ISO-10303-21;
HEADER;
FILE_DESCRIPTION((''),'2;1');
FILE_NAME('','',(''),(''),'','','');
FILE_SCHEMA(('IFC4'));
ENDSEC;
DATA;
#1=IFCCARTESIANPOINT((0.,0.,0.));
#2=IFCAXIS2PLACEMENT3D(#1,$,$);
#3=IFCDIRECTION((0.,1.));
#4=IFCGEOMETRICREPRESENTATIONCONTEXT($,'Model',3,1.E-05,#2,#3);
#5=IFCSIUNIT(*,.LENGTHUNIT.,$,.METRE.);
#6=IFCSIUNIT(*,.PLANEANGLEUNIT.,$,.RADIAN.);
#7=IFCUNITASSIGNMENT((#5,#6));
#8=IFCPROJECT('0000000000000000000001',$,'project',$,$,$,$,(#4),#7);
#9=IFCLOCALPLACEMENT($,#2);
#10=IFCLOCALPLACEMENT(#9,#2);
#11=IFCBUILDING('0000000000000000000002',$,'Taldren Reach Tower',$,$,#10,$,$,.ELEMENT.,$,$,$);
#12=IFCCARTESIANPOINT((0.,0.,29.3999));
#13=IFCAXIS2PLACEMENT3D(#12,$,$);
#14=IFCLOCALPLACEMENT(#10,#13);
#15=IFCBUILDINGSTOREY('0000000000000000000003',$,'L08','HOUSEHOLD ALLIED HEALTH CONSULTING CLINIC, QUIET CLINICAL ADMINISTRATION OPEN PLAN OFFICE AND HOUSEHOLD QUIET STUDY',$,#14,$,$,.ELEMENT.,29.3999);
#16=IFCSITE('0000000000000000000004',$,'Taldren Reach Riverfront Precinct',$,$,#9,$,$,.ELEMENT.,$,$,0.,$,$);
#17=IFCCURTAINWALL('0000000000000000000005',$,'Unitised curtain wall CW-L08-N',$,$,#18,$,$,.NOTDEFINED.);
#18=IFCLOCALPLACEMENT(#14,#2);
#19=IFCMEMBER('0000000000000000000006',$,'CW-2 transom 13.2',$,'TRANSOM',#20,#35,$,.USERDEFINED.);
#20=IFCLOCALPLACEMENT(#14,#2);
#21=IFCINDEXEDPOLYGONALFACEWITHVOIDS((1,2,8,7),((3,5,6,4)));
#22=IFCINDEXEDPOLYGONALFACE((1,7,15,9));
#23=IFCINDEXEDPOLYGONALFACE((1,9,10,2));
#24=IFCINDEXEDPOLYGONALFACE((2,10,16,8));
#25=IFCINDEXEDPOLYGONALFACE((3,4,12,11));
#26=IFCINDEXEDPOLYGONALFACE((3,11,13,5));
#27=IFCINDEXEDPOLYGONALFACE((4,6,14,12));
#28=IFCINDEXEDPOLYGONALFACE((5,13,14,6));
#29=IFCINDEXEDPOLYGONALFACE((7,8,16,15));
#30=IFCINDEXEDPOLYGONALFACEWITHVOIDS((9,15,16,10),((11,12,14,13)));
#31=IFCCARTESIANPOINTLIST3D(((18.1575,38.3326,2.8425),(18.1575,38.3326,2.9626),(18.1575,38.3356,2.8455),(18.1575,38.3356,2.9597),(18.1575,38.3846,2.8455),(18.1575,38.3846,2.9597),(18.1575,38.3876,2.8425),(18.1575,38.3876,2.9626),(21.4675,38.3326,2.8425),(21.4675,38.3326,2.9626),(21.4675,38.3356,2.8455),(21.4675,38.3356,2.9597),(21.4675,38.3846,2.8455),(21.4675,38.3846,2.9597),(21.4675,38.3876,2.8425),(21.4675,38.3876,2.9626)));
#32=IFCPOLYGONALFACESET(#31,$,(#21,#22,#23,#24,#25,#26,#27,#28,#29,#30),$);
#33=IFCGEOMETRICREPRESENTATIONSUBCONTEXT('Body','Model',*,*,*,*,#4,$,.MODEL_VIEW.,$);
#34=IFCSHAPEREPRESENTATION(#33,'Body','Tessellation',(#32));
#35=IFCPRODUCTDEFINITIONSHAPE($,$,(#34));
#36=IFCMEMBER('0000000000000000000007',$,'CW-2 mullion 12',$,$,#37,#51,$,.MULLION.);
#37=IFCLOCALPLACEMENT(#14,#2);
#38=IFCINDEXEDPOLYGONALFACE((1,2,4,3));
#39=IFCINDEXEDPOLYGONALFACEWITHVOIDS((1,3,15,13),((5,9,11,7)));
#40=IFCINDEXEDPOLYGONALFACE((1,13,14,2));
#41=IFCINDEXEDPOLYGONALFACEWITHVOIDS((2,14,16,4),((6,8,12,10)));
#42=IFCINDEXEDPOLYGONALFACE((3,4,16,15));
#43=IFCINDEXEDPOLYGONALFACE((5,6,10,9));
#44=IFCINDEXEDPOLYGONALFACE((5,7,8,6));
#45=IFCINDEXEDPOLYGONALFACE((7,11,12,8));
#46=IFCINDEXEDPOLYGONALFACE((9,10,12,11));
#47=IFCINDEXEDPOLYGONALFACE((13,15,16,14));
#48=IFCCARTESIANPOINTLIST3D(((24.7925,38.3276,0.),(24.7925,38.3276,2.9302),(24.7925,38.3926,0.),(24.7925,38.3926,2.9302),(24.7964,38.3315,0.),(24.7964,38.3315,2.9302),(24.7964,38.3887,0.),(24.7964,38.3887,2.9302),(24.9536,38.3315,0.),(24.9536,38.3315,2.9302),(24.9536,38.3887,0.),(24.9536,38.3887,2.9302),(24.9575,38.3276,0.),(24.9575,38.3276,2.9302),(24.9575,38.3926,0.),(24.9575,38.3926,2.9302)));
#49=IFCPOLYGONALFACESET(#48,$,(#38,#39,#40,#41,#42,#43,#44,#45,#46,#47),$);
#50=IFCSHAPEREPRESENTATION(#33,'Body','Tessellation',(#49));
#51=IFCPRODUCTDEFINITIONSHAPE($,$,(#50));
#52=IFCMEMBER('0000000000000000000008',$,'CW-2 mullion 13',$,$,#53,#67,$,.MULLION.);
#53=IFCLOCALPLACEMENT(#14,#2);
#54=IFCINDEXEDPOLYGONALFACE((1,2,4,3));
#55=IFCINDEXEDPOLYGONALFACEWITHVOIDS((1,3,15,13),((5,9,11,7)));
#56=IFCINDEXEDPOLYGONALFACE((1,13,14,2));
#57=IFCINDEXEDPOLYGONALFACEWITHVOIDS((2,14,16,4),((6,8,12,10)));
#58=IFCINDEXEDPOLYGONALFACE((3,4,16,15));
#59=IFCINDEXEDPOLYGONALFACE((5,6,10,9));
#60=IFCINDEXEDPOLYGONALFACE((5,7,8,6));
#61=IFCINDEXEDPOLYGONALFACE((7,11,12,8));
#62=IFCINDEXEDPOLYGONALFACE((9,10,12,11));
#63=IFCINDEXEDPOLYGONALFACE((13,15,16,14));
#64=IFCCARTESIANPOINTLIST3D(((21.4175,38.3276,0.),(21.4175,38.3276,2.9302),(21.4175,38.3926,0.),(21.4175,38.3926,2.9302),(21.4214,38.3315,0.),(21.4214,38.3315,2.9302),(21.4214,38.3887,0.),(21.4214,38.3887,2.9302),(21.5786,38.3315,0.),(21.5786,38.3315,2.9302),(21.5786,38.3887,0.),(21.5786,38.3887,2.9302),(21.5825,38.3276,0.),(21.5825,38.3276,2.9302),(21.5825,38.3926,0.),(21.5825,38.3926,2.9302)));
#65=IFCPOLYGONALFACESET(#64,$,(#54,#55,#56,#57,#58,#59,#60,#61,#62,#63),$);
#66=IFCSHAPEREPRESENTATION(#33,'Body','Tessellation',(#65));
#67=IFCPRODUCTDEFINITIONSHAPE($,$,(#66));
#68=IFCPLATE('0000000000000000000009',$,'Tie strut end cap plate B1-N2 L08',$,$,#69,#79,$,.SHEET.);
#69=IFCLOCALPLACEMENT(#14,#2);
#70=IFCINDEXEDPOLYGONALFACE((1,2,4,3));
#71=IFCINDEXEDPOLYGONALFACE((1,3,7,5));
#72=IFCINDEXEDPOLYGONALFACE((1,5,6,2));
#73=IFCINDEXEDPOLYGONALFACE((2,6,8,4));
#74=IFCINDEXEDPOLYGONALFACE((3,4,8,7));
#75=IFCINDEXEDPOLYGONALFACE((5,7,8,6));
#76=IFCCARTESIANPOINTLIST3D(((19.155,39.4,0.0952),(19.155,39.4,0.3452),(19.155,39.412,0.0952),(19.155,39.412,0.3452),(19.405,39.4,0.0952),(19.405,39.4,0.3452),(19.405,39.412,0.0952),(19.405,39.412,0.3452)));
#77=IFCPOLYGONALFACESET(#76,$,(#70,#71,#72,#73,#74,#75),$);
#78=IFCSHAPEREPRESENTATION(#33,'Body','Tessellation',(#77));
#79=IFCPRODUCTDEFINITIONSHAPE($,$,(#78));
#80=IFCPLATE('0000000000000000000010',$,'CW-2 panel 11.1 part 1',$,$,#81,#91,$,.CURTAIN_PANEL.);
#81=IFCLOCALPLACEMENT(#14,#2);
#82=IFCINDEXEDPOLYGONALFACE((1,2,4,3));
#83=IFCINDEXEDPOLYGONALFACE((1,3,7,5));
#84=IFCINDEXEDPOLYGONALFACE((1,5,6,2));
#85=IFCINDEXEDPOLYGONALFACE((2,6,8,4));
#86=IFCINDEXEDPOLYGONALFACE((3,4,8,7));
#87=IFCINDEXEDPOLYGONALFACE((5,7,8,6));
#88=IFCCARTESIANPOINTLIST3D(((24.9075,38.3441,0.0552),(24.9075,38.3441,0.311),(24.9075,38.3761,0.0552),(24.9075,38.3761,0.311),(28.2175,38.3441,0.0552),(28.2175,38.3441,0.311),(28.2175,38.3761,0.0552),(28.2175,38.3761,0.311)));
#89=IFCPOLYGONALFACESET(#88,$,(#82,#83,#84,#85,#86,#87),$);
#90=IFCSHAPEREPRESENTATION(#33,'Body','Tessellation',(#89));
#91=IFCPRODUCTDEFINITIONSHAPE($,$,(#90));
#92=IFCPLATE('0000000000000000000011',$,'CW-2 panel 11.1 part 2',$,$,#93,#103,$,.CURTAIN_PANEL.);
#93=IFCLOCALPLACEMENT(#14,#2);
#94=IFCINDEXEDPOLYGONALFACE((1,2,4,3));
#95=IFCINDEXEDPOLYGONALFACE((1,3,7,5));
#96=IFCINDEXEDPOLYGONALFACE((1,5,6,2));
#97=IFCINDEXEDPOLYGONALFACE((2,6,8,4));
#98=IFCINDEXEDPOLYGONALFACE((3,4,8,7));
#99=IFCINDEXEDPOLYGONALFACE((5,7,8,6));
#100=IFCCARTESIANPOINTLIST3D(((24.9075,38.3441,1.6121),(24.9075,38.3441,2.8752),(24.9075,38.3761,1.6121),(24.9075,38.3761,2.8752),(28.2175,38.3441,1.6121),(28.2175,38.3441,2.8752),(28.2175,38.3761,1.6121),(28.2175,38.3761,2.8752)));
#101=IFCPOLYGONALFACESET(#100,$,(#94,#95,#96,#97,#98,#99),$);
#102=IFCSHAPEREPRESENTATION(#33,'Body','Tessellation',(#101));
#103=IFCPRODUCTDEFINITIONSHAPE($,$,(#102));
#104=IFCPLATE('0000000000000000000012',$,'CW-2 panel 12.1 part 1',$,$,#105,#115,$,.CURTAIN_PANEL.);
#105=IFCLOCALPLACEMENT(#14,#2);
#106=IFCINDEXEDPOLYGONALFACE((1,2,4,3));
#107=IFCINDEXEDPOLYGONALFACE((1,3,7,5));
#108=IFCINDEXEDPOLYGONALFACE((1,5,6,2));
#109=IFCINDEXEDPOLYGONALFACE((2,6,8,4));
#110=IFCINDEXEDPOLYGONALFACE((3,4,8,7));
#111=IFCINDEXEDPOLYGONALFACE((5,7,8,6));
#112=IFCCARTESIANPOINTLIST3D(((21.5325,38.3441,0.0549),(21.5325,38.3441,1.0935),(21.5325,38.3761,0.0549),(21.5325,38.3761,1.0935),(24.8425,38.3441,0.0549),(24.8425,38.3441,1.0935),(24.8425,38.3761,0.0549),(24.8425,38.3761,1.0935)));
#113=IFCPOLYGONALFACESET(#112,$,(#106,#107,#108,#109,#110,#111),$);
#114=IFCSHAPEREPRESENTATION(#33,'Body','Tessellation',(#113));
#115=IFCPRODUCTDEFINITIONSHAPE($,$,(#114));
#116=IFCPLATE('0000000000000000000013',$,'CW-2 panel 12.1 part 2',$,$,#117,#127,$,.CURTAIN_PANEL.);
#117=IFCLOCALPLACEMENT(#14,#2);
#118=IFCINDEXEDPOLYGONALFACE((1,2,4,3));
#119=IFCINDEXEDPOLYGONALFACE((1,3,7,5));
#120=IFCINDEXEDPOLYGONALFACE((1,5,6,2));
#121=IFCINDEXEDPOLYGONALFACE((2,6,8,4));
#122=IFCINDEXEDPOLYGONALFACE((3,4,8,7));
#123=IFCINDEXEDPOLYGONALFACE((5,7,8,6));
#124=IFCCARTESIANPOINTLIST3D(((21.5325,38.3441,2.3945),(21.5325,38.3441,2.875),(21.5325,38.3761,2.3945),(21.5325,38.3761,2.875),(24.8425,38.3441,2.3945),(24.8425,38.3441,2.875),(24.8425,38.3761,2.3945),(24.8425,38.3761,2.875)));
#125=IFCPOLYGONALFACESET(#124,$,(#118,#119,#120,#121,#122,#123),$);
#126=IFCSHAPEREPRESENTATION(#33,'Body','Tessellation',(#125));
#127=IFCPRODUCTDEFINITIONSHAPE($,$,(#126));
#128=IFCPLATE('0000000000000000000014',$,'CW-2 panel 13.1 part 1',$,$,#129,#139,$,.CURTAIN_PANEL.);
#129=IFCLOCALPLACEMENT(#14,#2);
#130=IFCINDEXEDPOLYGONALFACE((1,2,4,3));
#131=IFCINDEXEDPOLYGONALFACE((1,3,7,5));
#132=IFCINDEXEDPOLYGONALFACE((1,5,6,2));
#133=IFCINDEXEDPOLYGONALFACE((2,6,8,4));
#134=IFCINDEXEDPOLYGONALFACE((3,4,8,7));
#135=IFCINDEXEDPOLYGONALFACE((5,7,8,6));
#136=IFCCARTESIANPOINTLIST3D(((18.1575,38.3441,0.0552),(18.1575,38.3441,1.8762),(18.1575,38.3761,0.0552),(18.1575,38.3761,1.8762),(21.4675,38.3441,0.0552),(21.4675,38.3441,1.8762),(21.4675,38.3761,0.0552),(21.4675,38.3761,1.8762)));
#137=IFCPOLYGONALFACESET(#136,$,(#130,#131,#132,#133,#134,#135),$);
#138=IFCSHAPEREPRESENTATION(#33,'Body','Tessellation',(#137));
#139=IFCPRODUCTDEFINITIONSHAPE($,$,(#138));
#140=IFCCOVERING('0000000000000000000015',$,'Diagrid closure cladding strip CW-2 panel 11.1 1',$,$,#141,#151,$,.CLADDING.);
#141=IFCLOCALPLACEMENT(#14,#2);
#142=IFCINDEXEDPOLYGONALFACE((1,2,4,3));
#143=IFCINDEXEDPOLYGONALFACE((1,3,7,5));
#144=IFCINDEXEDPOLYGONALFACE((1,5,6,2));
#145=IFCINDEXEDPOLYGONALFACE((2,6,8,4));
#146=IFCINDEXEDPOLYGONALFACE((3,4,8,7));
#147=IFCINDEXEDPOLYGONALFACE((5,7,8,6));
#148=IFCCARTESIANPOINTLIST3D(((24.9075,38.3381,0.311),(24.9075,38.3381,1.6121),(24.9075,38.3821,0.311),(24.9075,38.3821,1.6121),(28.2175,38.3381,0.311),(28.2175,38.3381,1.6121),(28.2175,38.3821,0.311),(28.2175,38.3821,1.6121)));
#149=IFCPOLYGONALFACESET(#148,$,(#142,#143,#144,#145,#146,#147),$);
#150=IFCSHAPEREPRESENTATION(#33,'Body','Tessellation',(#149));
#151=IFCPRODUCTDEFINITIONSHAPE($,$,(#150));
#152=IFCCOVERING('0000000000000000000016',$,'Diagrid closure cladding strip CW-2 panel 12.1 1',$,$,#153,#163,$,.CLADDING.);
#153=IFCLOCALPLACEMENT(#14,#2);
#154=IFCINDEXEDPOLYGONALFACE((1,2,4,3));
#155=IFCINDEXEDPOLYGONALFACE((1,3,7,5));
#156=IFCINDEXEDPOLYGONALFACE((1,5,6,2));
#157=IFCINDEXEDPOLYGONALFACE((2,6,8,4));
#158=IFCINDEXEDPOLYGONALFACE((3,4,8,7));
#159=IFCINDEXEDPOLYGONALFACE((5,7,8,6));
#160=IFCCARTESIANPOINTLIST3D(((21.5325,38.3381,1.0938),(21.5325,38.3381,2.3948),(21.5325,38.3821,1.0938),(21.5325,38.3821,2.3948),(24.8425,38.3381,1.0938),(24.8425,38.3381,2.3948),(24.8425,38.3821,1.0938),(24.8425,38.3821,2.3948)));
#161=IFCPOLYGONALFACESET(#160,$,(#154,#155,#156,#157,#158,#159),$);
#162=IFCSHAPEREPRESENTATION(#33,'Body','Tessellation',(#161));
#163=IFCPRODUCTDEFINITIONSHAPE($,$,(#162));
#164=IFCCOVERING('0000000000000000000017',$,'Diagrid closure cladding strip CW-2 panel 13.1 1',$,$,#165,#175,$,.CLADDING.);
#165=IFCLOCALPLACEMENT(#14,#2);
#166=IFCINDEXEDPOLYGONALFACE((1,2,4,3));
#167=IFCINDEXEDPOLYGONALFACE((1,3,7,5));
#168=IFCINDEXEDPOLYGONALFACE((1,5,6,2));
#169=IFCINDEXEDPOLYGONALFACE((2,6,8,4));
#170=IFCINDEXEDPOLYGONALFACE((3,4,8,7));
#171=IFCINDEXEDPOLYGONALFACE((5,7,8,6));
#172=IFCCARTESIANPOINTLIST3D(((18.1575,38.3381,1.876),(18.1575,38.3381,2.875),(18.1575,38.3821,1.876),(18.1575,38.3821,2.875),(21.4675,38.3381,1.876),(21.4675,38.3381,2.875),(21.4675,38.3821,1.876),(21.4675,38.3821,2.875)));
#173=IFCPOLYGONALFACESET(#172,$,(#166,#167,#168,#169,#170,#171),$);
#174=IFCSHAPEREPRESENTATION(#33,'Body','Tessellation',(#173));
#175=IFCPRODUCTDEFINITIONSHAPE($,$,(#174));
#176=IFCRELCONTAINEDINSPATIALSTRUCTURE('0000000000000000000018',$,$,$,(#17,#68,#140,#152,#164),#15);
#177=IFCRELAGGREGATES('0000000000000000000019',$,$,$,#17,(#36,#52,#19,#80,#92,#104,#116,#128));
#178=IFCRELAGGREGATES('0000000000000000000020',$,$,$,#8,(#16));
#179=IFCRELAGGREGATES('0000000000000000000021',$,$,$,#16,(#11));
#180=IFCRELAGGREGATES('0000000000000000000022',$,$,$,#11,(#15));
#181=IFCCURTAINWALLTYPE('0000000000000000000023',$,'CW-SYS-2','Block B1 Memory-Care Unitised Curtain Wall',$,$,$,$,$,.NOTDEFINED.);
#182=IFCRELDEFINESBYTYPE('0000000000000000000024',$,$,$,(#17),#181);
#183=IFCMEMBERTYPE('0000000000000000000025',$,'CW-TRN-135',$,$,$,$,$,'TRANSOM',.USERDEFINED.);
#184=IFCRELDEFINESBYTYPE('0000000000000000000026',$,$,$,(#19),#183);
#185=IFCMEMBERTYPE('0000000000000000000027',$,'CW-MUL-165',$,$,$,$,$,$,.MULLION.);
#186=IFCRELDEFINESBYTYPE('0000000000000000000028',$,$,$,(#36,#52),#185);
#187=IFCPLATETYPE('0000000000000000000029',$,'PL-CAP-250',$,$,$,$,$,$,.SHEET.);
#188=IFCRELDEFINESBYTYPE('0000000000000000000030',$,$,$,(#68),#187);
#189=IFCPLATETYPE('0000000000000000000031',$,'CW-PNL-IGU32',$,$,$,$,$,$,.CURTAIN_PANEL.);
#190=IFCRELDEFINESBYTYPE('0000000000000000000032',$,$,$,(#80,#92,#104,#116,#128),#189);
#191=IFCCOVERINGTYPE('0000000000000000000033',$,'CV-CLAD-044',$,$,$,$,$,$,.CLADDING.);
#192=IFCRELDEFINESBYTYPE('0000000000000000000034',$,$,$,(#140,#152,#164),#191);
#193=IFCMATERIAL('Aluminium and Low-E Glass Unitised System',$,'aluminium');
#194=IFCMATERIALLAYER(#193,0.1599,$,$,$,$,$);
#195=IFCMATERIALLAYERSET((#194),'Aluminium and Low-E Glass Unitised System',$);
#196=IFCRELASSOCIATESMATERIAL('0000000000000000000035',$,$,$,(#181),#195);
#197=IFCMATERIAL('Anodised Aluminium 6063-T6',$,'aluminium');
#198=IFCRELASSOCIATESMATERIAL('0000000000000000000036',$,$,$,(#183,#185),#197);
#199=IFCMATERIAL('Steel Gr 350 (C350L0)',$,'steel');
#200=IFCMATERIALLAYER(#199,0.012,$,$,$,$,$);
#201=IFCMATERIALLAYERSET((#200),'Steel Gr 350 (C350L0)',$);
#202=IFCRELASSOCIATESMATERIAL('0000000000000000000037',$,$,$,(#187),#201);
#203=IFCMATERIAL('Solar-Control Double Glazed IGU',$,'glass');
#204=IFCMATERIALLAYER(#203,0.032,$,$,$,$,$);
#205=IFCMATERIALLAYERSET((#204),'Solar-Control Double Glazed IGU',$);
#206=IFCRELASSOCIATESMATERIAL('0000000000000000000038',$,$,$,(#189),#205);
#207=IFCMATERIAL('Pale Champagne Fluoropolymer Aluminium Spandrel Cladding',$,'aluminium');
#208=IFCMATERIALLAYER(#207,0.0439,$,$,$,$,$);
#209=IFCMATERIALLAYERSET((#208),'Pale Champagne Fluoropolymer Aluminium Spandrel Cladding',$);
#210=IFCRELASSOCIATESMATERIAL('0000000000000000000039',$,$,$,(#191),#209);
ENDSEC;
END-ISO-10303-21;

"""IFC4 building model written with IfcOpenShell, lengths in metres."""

from ifc_helpers import new_model, si_unit, direction, frame, origin, origin_2d, place, context, subcontext, project, spatial, rectangle, hollow_rectangle, extrude, source, transform, mapped, material, layer, layer_set, material_profile, profile_set, type_object, element, aggregate, save


model = new_model("IFC4")

# Units and contexts
model_context = context("Model", 3, precision=1e-05, world=origin(), true_north=direction((0.0, 1.0)))
body_context = subcontext(model_context, "Body", "Model", "MODEL_VIEW")
ifc_project = project(units=[si_unit("LENGTHUNIT", "METRE"), si_unit("PLANEANGLEUNIT", "RADIAN")], contexts=[model_context])

# Site, building, storey
site_placement = place(None, origin())
site = spatial("IfcSite", under=ifc_project, at=site_placement, Name="Taldren Reach Riverfront Precinct", CompositionType="ELEMENT", RefElevation=0.0)
building_placement = place(site_placement, origin())
building = spatial("IfcBuilding", under=site, at=building_placement, Name="Taldren Reach Tower", CompositionType="ELEMENT")
storey_placement = place(building_placement, frame((0.0, 0.0, 29.3999)))
storey = spatial("IfcBuildingStorey", under=building, at=storey_placement, Name="L08", Description="HOUSEHOLD ALLIED HEALTH CONSULTING CLINIC, QUIET CLINICAL ADMINISTRATION OPEN PLAN OFFICE AND HOUSEHOLD QUIET STUDY", CompositionType="ELEMENT", Elevation=29.3999)

# Shared definitions
ifc_material_1 = material(Name="Steel Gr 350 (C350L0)", Category="steel")

# Curtain wall, members
ifc_material_2 = material(Name="Aluminium and Low-E Glass Unitised System", Category="aluminium")
ifc_layer_1 = layer(ifc_material_2, 0.1599)
ifc_layer_set_1 = layer_set([ifc_layer_1], Name="Aluminium and Low-E Glass Unitised System")
curtain_wall_type = type_object("IfcCurtainWallType", Name="CW-SYS-2", Description="Block B1 Memory-Care Unitised Curtain Wall", PredefinedType="NOTDEFINED", material=ifc_layer_set_1)
curtain_wall_placement = place(storey_placement, origin())
curtain_wall = element("IfcCurtainWall", 1, at=curtain_wall_placement, inside=storey, type_object=curtain_wall_type, Name="Unitised curtain wall CW-L08-N", PredefinedType="NOTDEFINED")
ifc_material_3 = material(Name="Anodised Aluminium 6063-T6", Category="aluminium")
ifc_material_profile_1 = material_profile(ifc_material_3, hollow_rectangle(XDim=0.0549, YDim=0.1201, WallThickness=0.0029, at=origin_2d()), Name="ALU-120x55x3RHS")
ifc_profile_set_1 = profile_set([ifc_material_profile_1], Name="Anodised Aluminium 6063-T6")
member_type_1 = type_object("IfcMemberType", Name="CW-TRN-135", ElementType="TRANSOM", PredefinedType="USERDEFINED", material=ifc_profile_set_1)
shared_shape_1 = source(origin(), body_context, "Body", "SweptSolid", [
    extrude(hollow_rectangle(XDim=0.0549, YDim=0.1201, WallThickness=0.0029, at=origin_2d()), origin(), (0.0, 0.0, 1.0), 3.3101),
])
member_1_placement = place(storey_placement, frame((21.4675, 38.3601, 2.9026), z_axis=(-1.0, 0.0, 0.0), x_axis=(0.0, -1.0, 0.0)))
member_1 = element("IfcMember", 2, at=member_1_placement, type_object=member_type_1, Name="CW-2 transom 13.2", ObjectType="TRANSOM", PredefinedType="USERDEFINED", context=body_context, shape_type="MappedRepresentation", body=[
    mapped(shared_shape_1, transform((0.0, 0.0, 0.0), scale=1.0)),
])
ifc_material_profile_2 = material_profile(ifc_material_3, hollow_rectangle(XDim=0.0649, YDim=0.165, WallThickness=0.0039, at=origin_2d()), Name="ALU-165x65x4RHS")
ifc_profile_set_2 = profile_set([ifc_material_profile_2], Name="Anodised Aluminium 6063-T6")
member_type_2 = type_object("IfcMemberType", Name="CW-MUL-165", PredefinedType="MULLION", material=ifc_profile_set_2)
shared_shape_2 = source(origin(), body_context, "Body", "SweptSolid", [
    extrude(hollow_rectangle(XDim=0.0649, YDim=0.165, WallThickness=0.0039, at=origin_2d()), origin(), (0.0, 0.0, 1.0), 2.9302),
])
member_2_placement = place(storey_placement, frame((24.875, 38.3601, 0.0), z_axis=(0.0, 0.0, 1.0), x_axis=(0.0, -1.0, 0.0)))
member_2 = element("IfcMember", 3, at=member_2_placement, type_object=member_type_2, Name="CW-2 mullion 12", PredefinedType="MULLION", context=body_context, shape_type="MappedRepresentation", body=[
    mapped(shared_shape_2, transform((0.0, 0.0, 0.0), scale=1.0)),
])
member_3_placement = place(storey_placement, frame((21.5, 38.3601, 0.0), z_axis=(0.0, 0.0, 1.0), x_axis=(0.0, -1.0, 0.0)))
member_3 = element("IfcMember", 4, at=member_3_placement, type_object=member_type_2, Name="CW-2 mullion 13", PredefinedType="MULLION", context=body_context, shape_type="MappedRepresentation", body=[
    mapped(shared_shape_2, transform((0.0, 0.0, 0.0), scale=1.0)),
])

# Plates
ifc_layer_2 = layer(ifc_material_1, 0.012)
ifc_layer_set_2 = layer_set([ifc_layer_2], Name="Steel Gr 350 (C350L0)")
plate_type_1 = type_object("IfcPlateType", Name="PL-CAP-250", PredefinedType="SHEET", material=ifc_layer_set_2)
shared_shape_3 = source(origin(), body_context, "Body", "SweptSolid", [
    extrude(rectangle(XDim=0.25, YDim=0.012, at=origin_2d()), origin(), (0.0, 0.0, 1.0), 0.25),
])
plate_1_placement = place(storey_placement, frame((19.28, 39.406, 0.0952), z_axis=(0.0, 0.0, 1.0), x_axis=(1.0, 0.0, 0.0)))
element("IfcPlate", 5, at=plate_1_placement, inside=storey, type_object=plate_type_1, Name="Tie strut end cap plate B1-N2 L08", PredefinedType="SHEET", context=body_context, shape_type="MappedRepresentation", body=[
    mapped(shared_shape_3, transform((0.0, 0.0, 0.0), scale=1.0)),
])
ifc_material_4 = material(Name="Solar-Control Double Glazed IGU", Category="glass")
ifc_layer_3 = layer(ifc_material_4, 0.032)
ifc_layer_set_3 = layer_set([ifc_layer_3], Name="Solar-Control Double Glazed IGU")
plate_type_2 = type_object("IfcPlateType", Name="CW-PNL-IGU32", PredefinedType="CURTAIN_PANEL", material=ifc_layer_set_3)
shared_shape_4 = source(origin(), body_context, "Body", "SweptSolid", [
    extrude(rectangle(XDim=3.3101, YDim=0.032, at=origin_2d()), origin(), (0.0, 0.0, 1.0), 0.2559),
])
plate_2_placement = place(storey_placement, frame((26.5625, 38.3601, 0.0552), z_axis=(0.0, 0.0, 1.0), x_axis=(-1.0, 0.0, 0.0)))
plate_2 = element("IfcPlate", 6, at=plate_2_placement, type_object=plate_type_2, Name="CW-2 panel 11.1 part 1", PredefinedType="CURTAIN_PANEL", context=body_context, shape_type="MappedRepresentation", body=[
    mapped(shared_shape_4, transform((0.0, 0.0, 0.0), scale=1.0)),
])
shared_shape_5 = source(origin(), body_context, "Body", "SweptSolid", [
    extrude(rectangle(XDim=3.3101, YDim=0.032, at=origin_2d()), origin(), (0.0, 0.0, 1.0), 1.2632),
])
plate_3_placement = place(storey_placement, frame((26.5625, 38.3601, 1.6121), z_axis=(0.0, 0.0, 1.0), x_axis=(-1.0, 0.0, 0.0)))
plate_3 = element("IfcPlate", 7, at=plate_3_placement, type_object=plate_type_2, Name="CW-2 panel 11.1 part 2", PredefinedType="CURTAIN_PANEL", context=body_context, shape_type="MappedRepresentation", body=[
    mapped(shared_shape_5, transform((0.0, 0.0, 0.0), scale=1.0)),
])
shared_shape_6 = source(origin(), body_context, "Body", "SweptSolid", [
    extrude(rectangle(XDim=3.3101, YDim=0.032, at=origin_2d()), origin(), (0.0, 0.0, 1.0), 1.0386),
])
plate_4_placement = place(storey_placement, frame((23.1875, 38.3601, 0.0549), z_axis=(0.0, 0.0, 1.0), x_axis=(-1.0, 0.0, 0.0)))
plate_4 = element("IfcPlate", 8, at=plate_4_placement, type_object=plate_type_2, Name="CW-2 panel 12.1 part 1", PredefinedType="CURTAIN_PANEL", context=body_context, shape_type="MappedRepresentation", body=[
    mapped(shared_shape_6, transform((0.0, 0.0, 0.0), scale=1.0)),
])
shared_shape_7 = source(origin(), body_context, "Body", "SweptSolid", [
    extrude(rectangle(XDim=3.3101, YDim=0.032, at=origin_2d()), origin(), (0.0, 0.0, 1.0), 0.4805),
])
plate_5_placement = place(storey_placement, frame((23.1875, 38.3601, 2.3945), z_axis=(0.0, 0.0, 1.0), x_axis=(-1.0, 0.0, 0.0)))
plate_5 = element("IfcPlate", 9, at=plate_5_placement, type_object=plate_type_2, Name="CW-2 panel 12.1 part 2", PredefinedType="CURTAIN_PANEL", context=body_context, shape_type="MappedRepresentation", body=[
    mapped(shared_shape_7, transform((0.0, 0.0, 0.0), scale=1.0)),
])
shared_shape_8 = source(origin(), body_context, "Body", "SweptSolid", [
    extrude(rectangle(XDim=3.3101, YDim=0.032, at=origin_2d()), origin(), (0.0, 0.0, 1.0), 1.821),
])
plate_6_placement = place(storey_placement, frame((19.8125, 38.3601, 0.0552), z_axis=(0.0, 0.0, 1.0), x_axis=(-1.0, 0.0, 0.0)))
plate_6 = element("IfcPlate", 10, at=plate_6_placement, type_object=plate_type_2, Name="CW-2 panel 13.1 part 1", PredefinedType="CURTAIN_PANEL", context=body_context, shape_type="MappedRepresentation", body=[
    mapped(shared_shape_8, transform((0.0, 0.0, 0.0), scale=1.0)),
])
aggregate(curtain_wall, [member_2, member_3, member_1, plate_2, plate_3, plate_4, plate_5, plate_6])

# Coverings
ifc_material_5 = material(Name="Pale Champagne Fluoropolymer Aluminium Spandrel Cladding", Category="aluminium")
ifc_layer_4 = layer(ifc_material_5, 0.0439)
ifc_layer_set_4 = layer_set([ifc_layer_4], Name="Pale Champagne Fluoropolymer Aluminium Spandrel Cladding")
covering_type = type_object("IfcCoveringType", Name="CV-CLAD-044", PredefinedType="CLADDING", material=ifc_layer_set_4)
shared_shape_9 = source(origin(), body_context, "Body", "SweptSolid", [
    extrude(rectangle(XDim=3.3101, YDim=0.0439, at=origin_2d()), origin(), (0.0, 0.0, 1.0), 1.301),
])
for number, where, z_axis, x_axis, name in (
    (11, (26.5625, 38.3601, 0.311), (0.0, 0.0, 1.0), (-1.0, 0.0, 0.0), "Diagrid closure cladding strip CW-2 panel 11.1 1"),
    (12, (23.1875, 38.3601, 1.0938), (0.0, 0.0, 1.0), (-1.0, 0.0, 0.0), "Diagrid closure cladding strip CW-2 panel 12.1 1"),
):
    element("IfcCovering", number, at=place(storey_placement, frame(where, z_axis=z_axis, x_axis=x_axis)), inside=storey, type_object=covering_type, Name=name, PredefinedType="CLADDING", context=body_context, shape_type="MappedRepresentation", body=[
        mapped(shared_shape_9, transform((0.0, 0.0, 0.0), scale=1.0)),
    ])
shared_shape_10 = source(origin(), body_context, "Body", "SweptSolid", [
    extrude(rectangle(XDim=3.3101, YDim=0.0439, at=origin_2d()), origin(), (0.0, 0.0, 1.0), 0.999),
])
covering_placement = place(storey_placement, frame((19.8125, 38.3601, 1.876), z_axis=(0.0, 0.0, 1.0), x_axis=(-1.0, 0.0, 0.0)))
element("IfcCovering", 13, at=covering_placement, inside=storey, type_object=covering_type, Name="Diagrid closure cladding strip CW-2 panel 13.1 1", PredefinedType="CLADDING", context=body_context, shape_type="MappedRepresentation", body=[
    mapped(shared_shape_10, transform((0.0, 0.0, 0.0), scale=1.0)),
])

save(model, "model.ifc")
